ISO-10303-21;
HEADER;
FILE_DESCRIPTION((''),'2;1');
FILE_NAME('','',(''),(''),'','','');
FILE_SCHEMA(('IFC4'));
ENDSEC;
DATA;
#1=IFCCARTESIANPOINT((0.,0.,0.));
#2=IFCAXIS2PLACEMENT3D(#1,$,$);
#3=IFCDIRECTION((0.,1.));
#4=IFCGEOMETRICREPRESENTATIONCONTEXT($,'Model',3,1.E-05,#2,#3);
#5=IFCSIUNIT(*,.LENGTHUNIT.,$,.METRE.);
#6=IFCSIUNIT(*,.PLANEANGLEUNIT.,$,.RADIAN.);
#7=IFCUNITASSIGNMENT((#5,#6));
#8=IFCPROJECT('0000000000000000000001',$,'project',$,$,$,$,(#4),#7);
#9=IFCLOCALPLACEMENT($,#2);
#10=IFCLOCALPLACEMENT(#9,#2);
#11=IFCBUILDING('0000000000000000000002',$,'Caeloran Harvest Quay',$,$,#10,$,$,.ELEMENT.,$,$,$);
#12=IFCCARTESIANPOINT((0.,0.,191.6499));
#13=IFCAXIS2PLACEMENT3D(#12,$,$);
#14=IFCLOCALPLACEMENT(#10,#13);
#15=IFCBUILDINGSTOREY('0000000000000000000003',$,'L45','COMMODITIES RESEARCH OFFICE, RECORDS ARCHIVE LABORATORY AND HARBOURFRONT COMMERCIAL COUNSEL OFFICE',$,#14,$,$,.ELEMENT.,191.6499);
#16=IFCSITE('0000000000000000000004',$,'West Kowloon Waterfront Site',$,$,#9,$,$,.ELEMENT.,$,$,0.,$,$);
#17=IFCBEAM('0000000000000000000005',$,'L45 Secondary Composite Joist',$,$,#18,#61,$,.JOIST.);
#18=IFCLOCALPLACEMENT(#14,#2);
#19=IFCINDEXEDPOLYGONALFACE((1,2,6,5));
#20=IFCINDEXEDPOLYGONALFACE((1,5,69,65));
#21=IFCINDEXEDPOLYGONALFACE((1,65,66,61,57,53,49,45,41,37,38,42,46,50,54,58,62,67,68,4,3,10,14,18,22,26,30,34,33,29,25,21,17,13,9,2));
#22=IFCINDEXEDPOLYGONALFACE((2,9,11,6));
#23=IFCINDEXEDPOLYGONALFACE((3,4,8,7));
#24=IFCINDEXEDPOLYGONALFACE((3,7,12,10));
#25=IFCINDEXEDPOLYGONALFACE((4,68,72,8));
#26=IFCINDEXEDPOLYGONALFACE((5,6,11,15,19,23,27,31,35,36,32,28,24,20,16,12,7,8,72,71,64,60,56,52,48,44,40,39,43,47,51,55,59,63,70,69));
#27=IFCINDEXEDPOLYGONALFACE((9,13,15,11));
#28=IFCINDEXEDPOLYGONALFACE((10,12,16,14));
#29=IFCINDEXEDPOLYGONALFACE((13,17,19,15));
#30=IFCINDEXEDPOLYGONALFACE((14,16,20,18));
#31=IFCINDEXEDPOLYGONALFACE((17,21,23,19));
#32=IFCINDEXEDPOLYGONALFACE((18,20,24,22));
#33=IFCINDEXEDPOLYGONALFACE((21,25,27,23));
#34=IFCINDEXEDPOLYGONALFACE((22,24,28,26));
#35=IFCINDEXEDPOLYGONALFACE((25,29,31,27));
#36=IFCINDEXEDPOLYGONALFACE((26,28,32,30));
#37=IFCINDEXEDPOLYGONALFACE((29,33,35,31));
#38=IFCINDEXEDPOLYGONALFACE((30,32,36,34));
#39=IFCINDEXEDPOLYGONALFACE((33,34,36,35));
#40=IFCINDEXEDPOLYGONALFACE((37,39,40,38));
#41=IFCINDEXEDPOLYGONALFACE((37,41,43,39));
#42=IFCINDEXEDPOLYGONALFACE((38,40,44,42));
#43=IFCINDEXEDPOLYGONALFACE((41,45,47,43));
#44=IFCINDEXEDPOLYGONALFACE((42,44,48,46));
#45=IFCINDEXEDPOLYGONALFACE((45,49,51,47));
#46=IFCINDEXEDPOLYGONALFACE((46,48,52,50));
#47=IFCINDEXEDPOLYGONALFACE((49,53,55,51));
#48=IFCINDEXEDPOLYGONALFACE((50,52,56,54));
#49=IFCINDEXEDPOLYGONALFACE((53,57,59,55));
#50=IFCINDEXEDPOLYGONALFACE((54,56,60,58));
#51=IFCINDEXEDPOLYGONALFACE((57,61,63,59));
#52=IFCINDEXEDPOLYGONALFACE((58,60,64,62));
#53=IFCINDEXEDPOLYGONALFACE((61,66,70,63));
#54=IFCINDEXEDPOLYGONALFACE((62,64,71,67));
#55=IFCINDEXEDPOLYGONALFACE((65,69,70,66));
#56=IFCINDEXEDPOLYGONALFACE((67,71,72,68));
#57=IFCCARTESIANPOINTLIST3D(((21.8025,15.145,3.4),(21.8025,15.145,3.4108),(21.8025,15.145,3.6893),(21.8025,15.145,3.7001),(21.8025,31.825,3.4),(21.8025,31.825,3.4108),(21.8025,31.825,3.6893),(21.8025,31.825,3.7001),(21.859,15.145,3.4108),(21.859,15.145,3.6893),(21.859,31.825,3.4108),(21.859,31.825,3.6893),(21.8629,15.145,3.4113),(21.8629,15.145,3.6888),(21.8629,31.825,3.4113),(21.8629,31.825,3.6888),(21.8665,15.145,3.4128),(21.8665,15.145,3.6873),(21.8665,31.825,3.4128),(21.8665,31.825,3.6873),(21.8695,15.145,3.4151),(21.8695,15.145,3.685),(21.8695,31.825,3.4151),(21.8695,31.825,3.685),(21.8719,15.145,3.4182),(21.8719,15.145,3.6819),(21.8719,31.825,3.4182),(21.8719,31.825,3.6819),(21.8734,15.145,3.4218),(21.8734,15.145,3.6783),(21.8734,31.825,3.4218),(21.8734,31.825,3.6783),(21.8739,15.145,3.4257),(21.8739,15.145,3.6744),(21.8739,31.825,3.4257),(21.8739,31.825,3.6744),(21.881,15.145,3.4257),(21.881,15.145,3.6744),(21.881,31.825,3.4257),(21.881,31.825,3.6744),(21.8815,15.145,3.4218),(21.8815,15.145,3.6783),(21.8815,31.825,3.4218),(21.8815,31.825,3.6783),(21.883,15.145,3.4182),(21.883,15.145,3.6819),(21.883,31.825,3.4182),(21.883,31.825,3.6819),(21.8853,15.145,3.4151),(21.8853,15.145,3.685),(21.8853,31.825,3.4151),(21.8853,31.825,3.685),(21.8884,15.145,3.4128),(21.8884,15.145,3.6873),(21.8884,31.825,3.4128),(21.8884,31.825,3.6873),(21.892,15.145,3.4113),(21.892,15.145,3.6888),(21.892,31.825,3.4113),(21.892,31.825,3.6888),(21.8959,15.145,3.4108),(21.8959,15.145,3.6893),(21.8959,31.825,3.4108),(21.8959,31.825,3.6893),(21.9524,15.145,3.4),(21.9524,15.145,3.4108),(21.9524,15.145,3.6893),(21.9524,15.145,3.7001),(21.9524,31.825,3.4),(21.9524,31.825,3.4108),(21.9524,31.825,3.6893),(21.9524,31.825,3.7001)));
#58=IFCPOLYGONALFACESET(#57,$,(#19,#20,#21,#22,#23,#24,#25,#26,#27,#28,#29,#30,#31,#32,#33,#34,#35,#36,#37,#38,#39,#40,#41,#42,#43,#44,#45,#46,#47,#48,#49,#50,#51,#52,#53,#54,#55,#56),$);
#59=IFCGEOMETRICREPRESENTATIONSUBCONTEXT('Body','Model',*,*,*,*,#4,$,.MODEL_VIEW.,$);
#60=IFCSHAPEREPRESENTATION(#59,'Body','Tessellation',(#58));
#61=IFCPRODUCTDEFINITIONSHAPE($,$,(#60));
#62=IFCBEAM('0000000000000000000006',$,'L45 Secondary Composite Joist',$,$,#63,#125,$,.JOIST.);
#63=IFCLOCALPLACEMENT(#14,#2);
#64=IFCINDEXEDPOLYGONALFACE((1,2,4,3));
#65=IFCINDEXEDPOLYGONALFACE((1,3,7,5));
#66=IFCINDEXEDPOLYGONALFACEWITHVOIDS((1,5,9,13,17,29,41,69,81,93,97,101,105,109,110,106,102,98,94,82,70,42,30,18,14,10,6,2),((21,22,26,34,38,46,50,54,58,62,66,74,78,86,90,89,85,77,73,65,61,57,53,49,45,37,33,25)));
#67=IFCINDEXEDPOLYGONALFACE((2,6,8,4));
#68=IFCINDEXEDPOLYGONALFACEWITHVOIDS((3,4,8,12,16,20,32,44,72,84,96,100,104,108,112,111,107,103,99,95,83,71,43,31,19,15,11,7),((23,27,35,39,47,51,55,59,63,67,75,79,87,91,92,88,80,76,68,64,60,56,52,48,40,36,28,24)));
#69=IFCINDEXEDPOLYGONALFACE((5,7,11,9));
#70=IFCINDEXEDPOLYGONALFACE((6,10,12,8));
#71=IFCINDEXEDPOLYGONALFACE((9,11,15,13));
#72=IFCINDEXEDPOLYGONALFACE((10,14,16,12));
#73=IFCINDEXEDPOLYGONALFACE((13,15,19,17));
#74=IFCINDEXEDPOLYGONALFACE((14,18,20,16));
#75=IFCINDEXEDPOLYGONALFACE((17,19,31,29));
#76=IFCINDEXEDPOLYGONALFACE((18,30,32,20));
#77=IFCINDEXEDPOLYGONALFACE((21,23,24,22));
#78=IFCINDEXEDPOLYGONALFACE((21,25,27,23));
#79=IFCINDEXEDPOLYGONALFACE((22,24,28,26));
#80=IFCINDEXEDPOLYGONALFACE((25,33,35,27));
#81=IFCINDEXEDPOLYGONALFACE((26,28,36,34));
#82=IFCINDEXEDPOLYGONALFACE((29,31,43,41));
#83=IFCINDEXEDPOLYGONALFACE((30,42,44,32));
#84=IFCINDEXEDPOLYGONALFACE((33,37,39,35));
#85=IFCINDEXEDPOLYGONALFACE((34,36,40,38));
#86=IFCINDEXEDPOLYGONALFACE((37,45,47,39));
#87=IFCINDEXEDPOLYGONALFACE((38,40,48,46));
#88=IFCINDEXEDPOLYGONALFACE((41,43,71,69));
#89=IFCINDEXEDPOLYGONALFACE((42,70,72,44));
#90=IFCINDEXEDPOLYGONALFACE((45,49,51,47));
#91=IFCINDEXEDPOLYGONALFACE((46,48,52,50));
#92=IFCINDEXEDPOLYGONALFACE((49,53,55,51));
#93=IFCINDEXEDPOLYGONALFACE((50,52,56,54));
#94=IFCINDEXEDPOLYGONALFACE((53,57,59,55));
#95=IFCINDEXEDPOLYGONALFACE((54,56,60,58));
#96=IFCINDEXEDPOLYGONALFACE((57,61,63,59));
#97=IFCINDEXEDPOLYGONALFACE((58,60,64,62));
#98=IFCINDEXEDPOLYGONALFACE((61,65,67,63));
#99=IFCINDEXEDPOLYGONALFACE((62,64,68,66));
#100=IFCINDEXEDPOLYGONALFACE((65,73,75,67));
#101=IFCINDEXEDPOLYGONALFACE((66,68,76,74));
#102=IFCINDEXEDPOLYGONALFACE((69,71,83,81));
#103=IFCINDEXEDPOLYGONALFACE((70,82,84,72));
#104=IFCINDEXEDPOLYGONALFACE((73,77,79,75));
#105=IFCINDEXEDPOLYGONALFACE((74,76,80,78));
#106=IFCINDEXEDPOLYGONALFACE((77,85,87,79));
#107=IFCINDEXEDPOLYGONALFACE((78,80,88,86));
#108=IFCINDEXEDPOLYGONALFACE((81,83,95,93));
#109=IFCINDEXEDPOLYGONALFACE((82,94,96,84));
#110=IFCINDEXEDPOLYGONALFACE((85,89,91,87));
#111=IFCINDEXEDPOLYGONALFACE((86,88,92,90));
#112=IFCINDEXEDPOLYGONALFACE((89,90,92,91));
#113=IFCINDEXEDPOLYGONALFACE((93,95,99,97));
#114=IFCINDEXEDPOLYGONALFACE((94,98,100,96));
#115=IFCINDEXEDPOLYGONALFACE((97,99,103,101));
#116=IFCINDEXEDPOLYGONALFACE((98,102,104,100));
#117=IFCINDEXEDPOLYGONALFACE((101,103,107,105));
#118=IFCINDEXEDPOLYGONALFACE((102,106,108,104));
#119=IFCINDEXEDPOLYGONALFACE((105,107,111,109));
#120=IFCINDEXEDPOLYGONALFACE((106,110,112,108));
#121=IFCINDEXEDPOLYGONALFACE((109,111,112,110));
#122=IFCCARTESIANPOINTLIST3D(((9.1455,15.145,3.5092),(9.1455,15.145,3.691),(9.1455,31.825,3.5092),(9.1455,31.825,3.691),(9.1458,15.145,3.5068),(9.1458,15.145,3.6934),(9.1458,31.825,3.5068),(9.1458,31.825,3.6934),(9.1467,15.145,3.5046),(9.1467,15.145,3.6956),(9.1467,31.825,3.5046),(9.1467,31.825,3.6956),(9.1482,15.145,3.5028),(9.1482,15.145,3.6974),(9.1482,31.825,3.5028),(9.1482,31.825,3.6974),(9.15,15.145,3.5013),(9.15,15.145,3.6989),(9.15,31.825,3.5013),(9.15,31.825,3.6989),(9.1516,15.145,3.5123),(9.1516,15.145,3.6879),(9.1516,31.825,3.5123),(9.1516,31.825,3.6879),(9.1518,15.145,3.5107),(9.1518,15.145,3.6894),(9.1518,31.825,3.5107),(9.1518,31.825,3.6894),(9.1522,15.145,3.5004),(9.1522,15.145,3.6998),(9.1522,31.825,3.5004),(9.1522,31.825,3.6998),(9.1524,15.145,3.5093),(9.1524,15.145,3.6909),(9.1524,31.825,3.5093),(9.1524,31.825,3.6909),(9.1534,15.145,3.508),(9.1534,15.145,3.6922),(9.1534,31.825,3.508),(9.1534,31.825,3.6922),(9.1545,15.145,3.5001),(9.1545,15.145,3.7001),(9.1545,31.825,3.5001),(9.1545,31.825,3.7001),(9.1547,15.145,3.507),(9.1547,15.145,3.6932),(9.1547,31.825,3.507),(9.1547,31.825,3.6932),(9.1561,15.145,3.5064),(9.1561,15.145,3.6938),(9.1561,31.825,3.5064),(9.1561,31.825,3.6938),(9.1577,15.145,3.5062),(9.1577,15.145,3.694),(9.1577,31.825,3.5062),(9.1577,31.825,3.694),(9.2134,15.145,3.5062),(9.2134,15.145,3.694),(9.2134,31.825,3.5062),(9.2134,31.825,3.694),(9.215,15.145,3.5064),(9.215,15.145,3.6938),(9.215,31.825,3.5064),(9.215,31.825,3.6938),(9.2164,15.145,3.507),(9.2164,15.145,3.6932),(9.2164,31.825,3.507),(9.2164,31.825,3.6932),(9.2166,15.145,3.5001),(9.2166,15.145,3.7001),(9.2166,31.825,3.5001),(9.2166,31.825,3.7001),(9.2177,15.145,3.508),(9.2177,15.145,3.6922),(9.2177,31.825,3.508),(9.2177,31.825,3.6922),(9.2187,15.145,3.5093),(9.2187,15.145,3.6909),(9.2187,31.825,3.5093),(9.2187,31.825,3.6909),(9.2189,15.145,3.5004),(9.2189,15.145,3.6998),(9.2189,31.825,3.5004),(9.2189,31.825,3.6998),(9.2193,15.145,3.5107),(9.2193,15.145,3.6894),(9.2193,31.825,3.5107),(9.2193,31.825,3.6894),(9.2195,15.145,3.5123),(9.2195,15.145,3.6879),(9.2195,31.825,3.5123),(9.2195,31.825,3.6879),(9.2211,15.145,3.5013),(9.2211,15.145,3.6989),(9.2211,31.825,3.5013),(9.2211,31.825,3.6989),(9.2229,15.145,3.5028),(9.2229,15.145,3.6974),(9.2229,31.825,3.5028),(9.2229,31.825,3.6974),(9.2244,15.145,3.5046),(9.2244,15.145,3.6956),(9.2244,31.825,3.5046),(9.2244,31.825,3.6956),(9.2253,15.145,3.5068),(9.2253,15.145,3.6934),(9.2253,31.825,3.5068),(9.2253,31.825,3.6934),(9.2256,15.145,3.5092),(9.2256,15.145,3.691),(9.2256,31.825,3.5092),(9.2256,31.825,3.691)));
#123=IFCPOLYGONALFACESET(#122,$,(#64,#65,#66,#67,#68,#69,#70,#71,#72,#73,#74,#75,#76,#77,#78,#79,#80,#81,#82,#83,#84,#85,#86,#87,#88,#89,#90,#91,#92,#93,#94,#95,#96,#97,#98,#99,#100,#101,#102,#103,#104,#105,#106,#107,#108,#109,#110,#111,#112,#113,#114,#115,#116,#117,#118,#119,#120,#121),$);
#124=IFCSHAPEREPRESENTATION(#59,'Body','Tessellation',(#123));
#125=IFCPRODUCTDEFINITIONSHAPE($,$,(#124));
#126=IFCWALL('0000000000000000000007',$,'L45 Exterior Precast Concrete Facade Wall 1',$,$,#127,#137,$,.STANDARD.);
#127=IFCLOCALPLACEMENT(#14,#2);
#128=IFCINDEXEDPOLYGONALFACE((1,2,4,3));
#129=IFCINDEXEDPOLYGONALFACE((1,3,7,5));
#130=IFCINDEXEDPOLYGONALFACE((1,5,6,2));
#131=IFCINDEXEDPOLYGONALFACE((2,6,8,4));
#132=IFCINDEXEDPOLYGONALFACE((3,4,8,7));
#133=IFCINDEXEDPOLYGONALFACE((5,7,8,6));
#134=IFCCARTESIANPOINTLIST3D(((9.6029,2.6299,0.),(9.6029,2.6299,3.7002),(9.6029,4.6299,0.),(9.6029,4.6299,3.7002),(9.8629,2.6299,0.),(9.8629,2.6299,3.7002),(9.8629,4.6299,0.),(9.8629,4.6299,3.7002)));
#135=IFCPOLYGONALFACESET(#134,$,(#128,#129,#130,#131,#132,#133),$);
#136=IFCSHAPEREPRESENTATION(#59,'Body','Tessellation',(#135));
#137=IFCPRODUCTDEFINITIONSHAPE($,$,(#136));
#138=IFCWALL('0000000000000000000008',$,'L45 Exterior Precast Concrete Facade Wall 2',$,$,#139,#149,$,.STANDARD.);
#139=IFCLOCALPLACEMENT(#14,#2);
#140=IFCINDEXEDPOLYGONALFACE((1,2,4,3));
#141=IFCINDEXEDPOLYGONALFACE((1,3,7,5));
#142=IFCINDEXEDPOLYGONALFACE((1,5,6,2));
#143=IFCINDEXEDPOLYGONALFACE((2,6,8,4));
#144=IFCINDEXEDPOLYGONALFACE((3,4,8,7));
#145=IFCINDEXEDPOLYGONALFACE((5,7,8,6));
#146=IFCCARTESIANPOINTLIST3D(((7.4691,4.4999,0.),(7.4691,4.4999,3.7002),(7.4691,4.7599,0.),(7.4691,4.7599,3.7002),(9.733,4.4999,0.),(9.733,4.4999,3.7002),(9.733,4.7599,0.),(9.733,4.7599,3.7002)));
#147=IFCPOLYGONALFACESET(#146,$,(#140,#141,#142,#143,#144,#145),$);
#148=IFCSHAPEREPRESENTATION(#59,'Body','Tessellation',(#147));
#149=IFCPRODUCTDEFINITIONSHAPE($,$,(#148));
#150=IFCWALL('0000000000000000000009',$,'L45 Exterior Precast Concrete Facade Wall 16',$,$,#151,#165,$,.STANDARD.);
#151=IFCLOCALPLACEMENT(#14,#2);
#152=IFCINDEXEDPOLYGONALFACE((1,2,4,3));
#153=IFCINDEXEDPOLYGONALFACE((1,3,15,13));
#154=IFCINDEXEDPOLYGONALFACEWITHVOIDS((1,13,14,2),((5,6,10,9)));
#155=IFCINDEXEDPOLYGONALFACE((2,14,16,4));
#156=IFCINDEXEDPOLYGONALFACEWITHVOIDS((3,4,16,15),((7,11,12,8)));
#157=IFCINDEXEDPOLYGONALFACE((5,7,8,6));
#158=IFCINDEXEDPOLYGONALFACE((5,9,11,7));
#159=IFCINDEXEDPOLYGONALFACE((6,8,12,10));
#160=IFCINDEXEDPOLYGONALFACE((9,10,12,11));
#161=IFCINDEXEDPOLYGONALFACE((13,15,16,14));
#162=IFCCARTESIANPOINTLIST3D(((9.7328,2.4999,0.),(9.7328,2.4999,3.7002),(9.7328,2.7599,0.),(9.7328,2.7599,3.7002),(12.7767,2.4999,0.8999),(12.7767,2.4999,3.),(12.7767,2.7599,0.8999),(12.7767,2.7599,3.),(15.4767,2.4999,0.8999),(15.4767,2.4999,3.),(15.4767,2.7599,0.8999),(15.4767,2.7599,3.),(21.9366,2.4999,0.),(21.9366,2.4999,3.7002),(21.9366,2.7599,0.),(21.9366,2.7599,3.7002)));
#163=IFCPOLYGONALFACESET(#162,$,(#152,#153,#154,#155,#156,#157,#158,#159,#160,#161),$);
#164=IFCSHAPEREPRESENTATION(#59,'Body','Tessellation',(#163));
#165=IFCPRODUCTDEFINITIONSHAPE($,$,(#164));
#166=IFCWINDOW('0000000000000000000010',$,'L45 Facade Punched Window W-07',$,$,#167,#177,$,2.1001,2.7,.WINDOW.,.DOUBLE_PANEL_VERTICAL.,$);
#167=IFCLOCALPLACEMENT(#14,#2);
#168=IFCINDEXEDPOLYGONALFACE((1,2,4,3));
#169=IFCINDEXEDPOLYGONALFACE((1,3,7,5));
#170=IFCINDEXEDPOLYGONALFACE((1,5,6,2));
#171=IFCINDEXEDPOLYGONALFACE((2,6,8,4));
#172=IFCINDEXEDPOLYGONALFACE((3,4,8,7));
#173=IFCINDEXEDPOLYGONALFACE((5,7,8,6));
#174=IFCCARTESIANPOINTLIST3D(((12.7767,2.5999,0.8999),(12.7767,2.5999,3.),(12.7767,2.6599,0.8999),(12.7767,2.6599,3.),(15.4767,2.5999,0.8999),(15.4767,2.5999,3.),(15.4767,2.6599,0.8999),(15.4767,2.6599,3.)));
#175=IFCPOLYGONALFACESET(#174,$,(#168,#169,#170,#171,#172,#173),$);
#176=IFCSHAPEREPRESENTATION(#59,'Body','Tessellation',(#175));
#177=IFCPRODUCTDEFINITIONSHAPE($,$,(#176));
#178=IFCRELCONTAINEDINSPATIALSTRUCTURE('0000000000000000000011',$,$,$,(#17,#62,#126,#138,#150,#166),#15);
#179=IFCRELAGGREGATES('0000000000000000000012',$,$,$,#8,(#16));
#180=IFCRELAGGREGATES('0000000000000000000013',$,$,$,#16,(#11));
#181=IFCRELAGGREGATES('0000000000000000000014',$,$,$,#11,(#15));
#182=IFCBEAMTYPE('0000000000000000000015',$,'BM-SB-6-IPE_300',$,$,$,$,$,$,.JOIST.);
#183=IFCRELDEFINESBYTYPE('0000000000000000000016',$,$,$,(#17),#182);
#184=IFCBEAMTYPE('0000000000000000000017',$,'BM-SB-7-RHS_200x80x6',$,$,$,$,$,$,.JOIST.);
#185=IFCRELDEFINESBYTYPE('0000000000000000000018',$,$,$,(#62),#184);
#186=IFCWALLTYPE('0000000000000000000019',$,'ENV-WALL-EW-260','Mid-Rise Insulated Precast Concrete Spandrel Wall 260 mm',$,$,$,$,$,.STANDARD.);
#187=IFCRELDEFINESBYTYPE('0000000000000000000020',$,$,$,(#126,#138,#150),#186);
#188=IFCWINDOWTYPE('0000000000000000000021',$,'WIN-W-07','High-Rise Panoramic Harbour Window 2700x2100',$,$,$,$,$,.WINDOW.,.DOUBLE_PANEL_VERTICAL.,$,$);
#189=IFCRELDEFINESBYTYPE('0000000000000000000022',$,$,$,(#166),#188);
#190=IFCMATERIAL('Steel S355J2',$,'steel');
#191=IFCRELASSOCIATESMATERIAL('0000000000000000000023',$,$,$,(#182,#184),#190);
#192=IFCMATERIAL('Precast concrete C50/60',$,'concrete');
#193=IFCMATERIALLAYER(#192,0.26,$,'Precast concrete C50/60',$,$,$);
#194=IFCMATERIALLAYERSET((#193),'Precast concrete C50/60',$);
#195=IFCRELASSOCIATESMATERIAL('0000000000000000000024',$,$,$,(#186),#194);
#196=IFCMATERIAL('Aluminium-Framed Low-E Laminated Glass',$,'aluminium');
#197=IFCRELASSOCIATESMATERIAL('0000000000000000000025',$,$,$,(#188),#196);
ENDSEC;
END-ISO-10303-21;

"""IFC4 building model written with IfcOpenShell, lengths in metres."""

from ifc_helpers import new_model, si_unit, direction, frame, frame_2d, origin, origin_2d, place, context, subcontext, project, spatial, rectangle, hollow_rectangle, i_section, extrude, material, layer, layer_set, material_profile, profile_set, type_object, element, fill, save


model = new_model("IFC4")

# Units and contexts
model_context = context("Model", 3, precision=1e-05, world=origin(), true_north=direction((0.0, 1.0)))
body_context = subcontext(model_context, "Body", "Model", "MODEL_VIEW")
ifc_project = project(units=[si_unit("LENGTHUNIT", "METRE"), si_unit("PLANEANGLEUNIT", "RADIAN")], contexts=[model_context])

# Site, building, storey
site_placement = place(None, origin())
site = spatial("IfcSite", under=ifc_project, at=site_placement, Name="West Kowloon Waterfront Site", CompositionType="ELEMENT", RefElevation=0.0)
building_placement = place(site_placement, origin())
building = spatial("IfcBuilding", under=site, at=building_placement, Name="Caeloran Harvest Quay", CompositionType="ELEMENT")
storey_placement = place(building_placement, frame((0.0, 0.0, 191.6499)))
storey = spatial("IfcBuildingStorey", under=building, at=storey_placement, Name="L45", Description="COMMODITIES RESEARCH OFFICE, RECORDS ARCHIVE LABORATORY AND HARBOURFRONT COMMERCIAL COUNSEL OFFICE", CompositionType="ELEMENT", Elevation=191.6499)

# Beams
ifc_material_1 = material(Name="Steel S355J2", Category="steel")
ifc_material_profile_1 = material_profile(ifc_material_1, i_section(OverallWidth=0.1499, OverallDepth=0.3, WebThickness=0.0071, FlangeThickness=0.0107, FilletRadius=0.0149, at=origin_2d()), Name="IPE 300")
ifc_profile_set_1 = profile_set([ifc_material_profile_1], Name="Steel S355J2")
beam_type_1 = type_object("IfcBeamType", Name="BM-SB-6-IPE_300", PredefinedType="JOIST", material=ifc_profile_set_1)
for number, where, z_axis, x_axis, name in (
    (1, (21.8774, 15.145, 3.55), (0.0, 1.0, 0.0), (-1.0, 0.0, 0.0), "L45 Secondary Composite Joist"),
):
    element("IfcBeam", number, at=place(storey_placement, frame(where, z_axis=z_axis, x_axis=x_axis)), inside=storey, type_object=beam_type_1, Name=name, PredefinedType="JOIST", context=body_context, shape_type="SweptSolid", body=[
        extrude(i_section(OverallWidth=0.1499, OverallDepth=0.3, WebThickness=0.0071, FlangeThickness=0.0107, FilletRadius=0.0149, at=origin_2d()), origin(), (0.0, 0.0, 1.0), 16.6799),
    ])
ifc_material_profile_2 = material_profile(ifc_material_1, hollow_rectangle(XDim=0.0801, YDim=0.2, WallThickness=0.0061, InnerFilletRadius=0.0061, OuterFilletRadius=0.009, at=origin_2d()), Name="RHS 200x80x6")
ifc_profile_set_2 = profile_set([ifc_material_profile_2], Name="Steel S355J2")
beam_type_2 = type_object("IfcBeamType", Name="BM-SB-7-RHS_200x80x6", PredefinedType="JOIST", material=ifc_profile_set_2)
beam_1_placement = place(storey_placement, frame((9.1855, 15.145, 3.6001), z_axis=(0.0, 1.0, 0.0), x_axis=(-1.0, 0.0, 0.0)))
element("IfcBeam", 2, at=beam_1_placement, inside=storey, type_object=beam_type_2, Name="L45 Secondary Composite Joist", PredefinedType="JOIST", context=body_context, shape_type="SweptSolid", body=[
    extrude(hollow_rectangle(XDim=0.0801, YDim=0.2, WallThickness=0.0061, InnerFilletRadius=0.0061, OuterFilletRadius=0.009, at=origin_2d()), origin(), (0.0, 0.0, 1.0), 16.6799),
])

# Walls
ifc_material_2 = material(Name="Precast concrete C50/60", Category="concrete")
ifc_layer_1 = layer(ifc_material_2, 0.26, Name="Precast concrete C50/60")
ifc_layer_set_1 = layer_set([ifc_layer_1], Name="Precast concrete C50/60")
wall_type_1 = type_object("IfcWallType", Name="ENV-WALL-EW-260", Description="Mid-Rise Insulated Precast Concrete Spandrel Wall 260 mm", PredefinedType="STANDARD", material=ifc_layer_set_1)
wall_1_placement = place(storey_placement, frame((9.7329, 2.6299, 0.0), z_axis=(0.0, 0.0, 1.0), x_axis=(0.0, 1.0, 0.0)))
element("IfcWall", 3, at=wall_1_placement, inside=storey, type_object=wall_type_1, Name="L45 Exterior Precast Concrete Facade Wall 1", PredefinedType="STANDARD", context=body_context, shape_type="SweptSolid", body=[
    extrude(rectangle(XDim=2.0, YDim=0.26, at=frame_2d((1.0, 0.0))), origin(), (0.0, 0.0, 1.0), 3.7002),
])
wall_2_placement = place(storey_placement, frame((9.7329, 4.6299, 0.0), z_axis=(0.0, 0.0, 1.0), x_axis=(-1.0, 0.0, 0.0)))
element("IfcWall", 4, at=wall_2_placement, inside=storey, type_object=wall_type_1, Name="L45 Exterior Precast Concrete Facade Wall 2", PredefinedType="STANDARD", context=body_context, shape_type="SweptSolid", body=[
    extrude(rectangle(XDim=2.2639, YDim=0.26, at=frame_2d((1.1318, 0.0))), origin(), (0.0, 0.0, 1.0), 3.7002),
])

# Wall, opening, window
wall_3_placement = place(storey_placement, frame((21.9368, 2.6299, 0.0), z_axis=(0.0, 0.0, 1.0), x_axis=(-1.0, 0.0, 0.0)))
wall_3 = element("IfcWall", 5, at=wall_3_placement, inside=storey, type_object=wall_type_1, Name="L45 Exterior Precast Concrete Facade Wall 16", PredefinedType="STANDARD", context=body_context, shape_type="SweptSolid", body=[
    extrude(rectangle(XDim=12.2039, YDim=0.26, at=frame_2d((6.1021, 0.0))), origin(), (0.0, 0.0, 1.0), 3.7002),
])
opening_1_placement = place(wall_3_placement, frame((6.46, 0.0, 0.8999)))
opening_1 = element("IfcOpeningElement", 6, at=opening_1_placement, cuts=wall_3, PredefinedType="OPENING", context=body_context, shape_type="SweptSolid", body=[
    extrude(rectangle(XDim=2.7, YDim=2.1001, at=frame_2d((1.3501, 1.05))), frame((0.0, 0.1401, 0.0), z_axis=(0.0, -1.0, 0.0), x_axis=(1.0, 0.0, 0.0)), (0.0, 0.0, 1.0), 0.28),
])
ifc_material_3 = material(Name="Aluminium-Framed Low-E Laminated Glass", Category="aluminium")
window_type = type_object("IfcWindowType", Name="WIN-W-07", Description="High-Rise Panoramic Harbour Window 2700x2100", PartitioningType="DOUBLE_PANEL_VERTICAL", PredefinedType="WINDOW", material=ifc_material_3)
window_placement = place(opening_1_placement, origin())
window = element("IfcWindow", 7, at=window_placement, inside=storey, type_object=window_type, Name="L45 Facade Punched Window W-07", OverallHeight=2.1001, OverallWidth=2.7, PartitioningType="DOUBLE_PANEL_VERTICAL", PredefinedType="WINDOW", context=body_context, shape_type="SweptSolid", body=[
    extrude(rectangle(XDim=2.7, YDim=2.1001, at=frame_2d((1.3501, 1.05))), frame((0.0, 0.03, 0.0), z_axis=(0.0, -1.0, 0.0), x_axis=(1.0, 0.0, 0.0)), (0.0, 0.0, 1.0), 0.0601),
])
fill(opening_1, window)

save(model, "model.ifc")
